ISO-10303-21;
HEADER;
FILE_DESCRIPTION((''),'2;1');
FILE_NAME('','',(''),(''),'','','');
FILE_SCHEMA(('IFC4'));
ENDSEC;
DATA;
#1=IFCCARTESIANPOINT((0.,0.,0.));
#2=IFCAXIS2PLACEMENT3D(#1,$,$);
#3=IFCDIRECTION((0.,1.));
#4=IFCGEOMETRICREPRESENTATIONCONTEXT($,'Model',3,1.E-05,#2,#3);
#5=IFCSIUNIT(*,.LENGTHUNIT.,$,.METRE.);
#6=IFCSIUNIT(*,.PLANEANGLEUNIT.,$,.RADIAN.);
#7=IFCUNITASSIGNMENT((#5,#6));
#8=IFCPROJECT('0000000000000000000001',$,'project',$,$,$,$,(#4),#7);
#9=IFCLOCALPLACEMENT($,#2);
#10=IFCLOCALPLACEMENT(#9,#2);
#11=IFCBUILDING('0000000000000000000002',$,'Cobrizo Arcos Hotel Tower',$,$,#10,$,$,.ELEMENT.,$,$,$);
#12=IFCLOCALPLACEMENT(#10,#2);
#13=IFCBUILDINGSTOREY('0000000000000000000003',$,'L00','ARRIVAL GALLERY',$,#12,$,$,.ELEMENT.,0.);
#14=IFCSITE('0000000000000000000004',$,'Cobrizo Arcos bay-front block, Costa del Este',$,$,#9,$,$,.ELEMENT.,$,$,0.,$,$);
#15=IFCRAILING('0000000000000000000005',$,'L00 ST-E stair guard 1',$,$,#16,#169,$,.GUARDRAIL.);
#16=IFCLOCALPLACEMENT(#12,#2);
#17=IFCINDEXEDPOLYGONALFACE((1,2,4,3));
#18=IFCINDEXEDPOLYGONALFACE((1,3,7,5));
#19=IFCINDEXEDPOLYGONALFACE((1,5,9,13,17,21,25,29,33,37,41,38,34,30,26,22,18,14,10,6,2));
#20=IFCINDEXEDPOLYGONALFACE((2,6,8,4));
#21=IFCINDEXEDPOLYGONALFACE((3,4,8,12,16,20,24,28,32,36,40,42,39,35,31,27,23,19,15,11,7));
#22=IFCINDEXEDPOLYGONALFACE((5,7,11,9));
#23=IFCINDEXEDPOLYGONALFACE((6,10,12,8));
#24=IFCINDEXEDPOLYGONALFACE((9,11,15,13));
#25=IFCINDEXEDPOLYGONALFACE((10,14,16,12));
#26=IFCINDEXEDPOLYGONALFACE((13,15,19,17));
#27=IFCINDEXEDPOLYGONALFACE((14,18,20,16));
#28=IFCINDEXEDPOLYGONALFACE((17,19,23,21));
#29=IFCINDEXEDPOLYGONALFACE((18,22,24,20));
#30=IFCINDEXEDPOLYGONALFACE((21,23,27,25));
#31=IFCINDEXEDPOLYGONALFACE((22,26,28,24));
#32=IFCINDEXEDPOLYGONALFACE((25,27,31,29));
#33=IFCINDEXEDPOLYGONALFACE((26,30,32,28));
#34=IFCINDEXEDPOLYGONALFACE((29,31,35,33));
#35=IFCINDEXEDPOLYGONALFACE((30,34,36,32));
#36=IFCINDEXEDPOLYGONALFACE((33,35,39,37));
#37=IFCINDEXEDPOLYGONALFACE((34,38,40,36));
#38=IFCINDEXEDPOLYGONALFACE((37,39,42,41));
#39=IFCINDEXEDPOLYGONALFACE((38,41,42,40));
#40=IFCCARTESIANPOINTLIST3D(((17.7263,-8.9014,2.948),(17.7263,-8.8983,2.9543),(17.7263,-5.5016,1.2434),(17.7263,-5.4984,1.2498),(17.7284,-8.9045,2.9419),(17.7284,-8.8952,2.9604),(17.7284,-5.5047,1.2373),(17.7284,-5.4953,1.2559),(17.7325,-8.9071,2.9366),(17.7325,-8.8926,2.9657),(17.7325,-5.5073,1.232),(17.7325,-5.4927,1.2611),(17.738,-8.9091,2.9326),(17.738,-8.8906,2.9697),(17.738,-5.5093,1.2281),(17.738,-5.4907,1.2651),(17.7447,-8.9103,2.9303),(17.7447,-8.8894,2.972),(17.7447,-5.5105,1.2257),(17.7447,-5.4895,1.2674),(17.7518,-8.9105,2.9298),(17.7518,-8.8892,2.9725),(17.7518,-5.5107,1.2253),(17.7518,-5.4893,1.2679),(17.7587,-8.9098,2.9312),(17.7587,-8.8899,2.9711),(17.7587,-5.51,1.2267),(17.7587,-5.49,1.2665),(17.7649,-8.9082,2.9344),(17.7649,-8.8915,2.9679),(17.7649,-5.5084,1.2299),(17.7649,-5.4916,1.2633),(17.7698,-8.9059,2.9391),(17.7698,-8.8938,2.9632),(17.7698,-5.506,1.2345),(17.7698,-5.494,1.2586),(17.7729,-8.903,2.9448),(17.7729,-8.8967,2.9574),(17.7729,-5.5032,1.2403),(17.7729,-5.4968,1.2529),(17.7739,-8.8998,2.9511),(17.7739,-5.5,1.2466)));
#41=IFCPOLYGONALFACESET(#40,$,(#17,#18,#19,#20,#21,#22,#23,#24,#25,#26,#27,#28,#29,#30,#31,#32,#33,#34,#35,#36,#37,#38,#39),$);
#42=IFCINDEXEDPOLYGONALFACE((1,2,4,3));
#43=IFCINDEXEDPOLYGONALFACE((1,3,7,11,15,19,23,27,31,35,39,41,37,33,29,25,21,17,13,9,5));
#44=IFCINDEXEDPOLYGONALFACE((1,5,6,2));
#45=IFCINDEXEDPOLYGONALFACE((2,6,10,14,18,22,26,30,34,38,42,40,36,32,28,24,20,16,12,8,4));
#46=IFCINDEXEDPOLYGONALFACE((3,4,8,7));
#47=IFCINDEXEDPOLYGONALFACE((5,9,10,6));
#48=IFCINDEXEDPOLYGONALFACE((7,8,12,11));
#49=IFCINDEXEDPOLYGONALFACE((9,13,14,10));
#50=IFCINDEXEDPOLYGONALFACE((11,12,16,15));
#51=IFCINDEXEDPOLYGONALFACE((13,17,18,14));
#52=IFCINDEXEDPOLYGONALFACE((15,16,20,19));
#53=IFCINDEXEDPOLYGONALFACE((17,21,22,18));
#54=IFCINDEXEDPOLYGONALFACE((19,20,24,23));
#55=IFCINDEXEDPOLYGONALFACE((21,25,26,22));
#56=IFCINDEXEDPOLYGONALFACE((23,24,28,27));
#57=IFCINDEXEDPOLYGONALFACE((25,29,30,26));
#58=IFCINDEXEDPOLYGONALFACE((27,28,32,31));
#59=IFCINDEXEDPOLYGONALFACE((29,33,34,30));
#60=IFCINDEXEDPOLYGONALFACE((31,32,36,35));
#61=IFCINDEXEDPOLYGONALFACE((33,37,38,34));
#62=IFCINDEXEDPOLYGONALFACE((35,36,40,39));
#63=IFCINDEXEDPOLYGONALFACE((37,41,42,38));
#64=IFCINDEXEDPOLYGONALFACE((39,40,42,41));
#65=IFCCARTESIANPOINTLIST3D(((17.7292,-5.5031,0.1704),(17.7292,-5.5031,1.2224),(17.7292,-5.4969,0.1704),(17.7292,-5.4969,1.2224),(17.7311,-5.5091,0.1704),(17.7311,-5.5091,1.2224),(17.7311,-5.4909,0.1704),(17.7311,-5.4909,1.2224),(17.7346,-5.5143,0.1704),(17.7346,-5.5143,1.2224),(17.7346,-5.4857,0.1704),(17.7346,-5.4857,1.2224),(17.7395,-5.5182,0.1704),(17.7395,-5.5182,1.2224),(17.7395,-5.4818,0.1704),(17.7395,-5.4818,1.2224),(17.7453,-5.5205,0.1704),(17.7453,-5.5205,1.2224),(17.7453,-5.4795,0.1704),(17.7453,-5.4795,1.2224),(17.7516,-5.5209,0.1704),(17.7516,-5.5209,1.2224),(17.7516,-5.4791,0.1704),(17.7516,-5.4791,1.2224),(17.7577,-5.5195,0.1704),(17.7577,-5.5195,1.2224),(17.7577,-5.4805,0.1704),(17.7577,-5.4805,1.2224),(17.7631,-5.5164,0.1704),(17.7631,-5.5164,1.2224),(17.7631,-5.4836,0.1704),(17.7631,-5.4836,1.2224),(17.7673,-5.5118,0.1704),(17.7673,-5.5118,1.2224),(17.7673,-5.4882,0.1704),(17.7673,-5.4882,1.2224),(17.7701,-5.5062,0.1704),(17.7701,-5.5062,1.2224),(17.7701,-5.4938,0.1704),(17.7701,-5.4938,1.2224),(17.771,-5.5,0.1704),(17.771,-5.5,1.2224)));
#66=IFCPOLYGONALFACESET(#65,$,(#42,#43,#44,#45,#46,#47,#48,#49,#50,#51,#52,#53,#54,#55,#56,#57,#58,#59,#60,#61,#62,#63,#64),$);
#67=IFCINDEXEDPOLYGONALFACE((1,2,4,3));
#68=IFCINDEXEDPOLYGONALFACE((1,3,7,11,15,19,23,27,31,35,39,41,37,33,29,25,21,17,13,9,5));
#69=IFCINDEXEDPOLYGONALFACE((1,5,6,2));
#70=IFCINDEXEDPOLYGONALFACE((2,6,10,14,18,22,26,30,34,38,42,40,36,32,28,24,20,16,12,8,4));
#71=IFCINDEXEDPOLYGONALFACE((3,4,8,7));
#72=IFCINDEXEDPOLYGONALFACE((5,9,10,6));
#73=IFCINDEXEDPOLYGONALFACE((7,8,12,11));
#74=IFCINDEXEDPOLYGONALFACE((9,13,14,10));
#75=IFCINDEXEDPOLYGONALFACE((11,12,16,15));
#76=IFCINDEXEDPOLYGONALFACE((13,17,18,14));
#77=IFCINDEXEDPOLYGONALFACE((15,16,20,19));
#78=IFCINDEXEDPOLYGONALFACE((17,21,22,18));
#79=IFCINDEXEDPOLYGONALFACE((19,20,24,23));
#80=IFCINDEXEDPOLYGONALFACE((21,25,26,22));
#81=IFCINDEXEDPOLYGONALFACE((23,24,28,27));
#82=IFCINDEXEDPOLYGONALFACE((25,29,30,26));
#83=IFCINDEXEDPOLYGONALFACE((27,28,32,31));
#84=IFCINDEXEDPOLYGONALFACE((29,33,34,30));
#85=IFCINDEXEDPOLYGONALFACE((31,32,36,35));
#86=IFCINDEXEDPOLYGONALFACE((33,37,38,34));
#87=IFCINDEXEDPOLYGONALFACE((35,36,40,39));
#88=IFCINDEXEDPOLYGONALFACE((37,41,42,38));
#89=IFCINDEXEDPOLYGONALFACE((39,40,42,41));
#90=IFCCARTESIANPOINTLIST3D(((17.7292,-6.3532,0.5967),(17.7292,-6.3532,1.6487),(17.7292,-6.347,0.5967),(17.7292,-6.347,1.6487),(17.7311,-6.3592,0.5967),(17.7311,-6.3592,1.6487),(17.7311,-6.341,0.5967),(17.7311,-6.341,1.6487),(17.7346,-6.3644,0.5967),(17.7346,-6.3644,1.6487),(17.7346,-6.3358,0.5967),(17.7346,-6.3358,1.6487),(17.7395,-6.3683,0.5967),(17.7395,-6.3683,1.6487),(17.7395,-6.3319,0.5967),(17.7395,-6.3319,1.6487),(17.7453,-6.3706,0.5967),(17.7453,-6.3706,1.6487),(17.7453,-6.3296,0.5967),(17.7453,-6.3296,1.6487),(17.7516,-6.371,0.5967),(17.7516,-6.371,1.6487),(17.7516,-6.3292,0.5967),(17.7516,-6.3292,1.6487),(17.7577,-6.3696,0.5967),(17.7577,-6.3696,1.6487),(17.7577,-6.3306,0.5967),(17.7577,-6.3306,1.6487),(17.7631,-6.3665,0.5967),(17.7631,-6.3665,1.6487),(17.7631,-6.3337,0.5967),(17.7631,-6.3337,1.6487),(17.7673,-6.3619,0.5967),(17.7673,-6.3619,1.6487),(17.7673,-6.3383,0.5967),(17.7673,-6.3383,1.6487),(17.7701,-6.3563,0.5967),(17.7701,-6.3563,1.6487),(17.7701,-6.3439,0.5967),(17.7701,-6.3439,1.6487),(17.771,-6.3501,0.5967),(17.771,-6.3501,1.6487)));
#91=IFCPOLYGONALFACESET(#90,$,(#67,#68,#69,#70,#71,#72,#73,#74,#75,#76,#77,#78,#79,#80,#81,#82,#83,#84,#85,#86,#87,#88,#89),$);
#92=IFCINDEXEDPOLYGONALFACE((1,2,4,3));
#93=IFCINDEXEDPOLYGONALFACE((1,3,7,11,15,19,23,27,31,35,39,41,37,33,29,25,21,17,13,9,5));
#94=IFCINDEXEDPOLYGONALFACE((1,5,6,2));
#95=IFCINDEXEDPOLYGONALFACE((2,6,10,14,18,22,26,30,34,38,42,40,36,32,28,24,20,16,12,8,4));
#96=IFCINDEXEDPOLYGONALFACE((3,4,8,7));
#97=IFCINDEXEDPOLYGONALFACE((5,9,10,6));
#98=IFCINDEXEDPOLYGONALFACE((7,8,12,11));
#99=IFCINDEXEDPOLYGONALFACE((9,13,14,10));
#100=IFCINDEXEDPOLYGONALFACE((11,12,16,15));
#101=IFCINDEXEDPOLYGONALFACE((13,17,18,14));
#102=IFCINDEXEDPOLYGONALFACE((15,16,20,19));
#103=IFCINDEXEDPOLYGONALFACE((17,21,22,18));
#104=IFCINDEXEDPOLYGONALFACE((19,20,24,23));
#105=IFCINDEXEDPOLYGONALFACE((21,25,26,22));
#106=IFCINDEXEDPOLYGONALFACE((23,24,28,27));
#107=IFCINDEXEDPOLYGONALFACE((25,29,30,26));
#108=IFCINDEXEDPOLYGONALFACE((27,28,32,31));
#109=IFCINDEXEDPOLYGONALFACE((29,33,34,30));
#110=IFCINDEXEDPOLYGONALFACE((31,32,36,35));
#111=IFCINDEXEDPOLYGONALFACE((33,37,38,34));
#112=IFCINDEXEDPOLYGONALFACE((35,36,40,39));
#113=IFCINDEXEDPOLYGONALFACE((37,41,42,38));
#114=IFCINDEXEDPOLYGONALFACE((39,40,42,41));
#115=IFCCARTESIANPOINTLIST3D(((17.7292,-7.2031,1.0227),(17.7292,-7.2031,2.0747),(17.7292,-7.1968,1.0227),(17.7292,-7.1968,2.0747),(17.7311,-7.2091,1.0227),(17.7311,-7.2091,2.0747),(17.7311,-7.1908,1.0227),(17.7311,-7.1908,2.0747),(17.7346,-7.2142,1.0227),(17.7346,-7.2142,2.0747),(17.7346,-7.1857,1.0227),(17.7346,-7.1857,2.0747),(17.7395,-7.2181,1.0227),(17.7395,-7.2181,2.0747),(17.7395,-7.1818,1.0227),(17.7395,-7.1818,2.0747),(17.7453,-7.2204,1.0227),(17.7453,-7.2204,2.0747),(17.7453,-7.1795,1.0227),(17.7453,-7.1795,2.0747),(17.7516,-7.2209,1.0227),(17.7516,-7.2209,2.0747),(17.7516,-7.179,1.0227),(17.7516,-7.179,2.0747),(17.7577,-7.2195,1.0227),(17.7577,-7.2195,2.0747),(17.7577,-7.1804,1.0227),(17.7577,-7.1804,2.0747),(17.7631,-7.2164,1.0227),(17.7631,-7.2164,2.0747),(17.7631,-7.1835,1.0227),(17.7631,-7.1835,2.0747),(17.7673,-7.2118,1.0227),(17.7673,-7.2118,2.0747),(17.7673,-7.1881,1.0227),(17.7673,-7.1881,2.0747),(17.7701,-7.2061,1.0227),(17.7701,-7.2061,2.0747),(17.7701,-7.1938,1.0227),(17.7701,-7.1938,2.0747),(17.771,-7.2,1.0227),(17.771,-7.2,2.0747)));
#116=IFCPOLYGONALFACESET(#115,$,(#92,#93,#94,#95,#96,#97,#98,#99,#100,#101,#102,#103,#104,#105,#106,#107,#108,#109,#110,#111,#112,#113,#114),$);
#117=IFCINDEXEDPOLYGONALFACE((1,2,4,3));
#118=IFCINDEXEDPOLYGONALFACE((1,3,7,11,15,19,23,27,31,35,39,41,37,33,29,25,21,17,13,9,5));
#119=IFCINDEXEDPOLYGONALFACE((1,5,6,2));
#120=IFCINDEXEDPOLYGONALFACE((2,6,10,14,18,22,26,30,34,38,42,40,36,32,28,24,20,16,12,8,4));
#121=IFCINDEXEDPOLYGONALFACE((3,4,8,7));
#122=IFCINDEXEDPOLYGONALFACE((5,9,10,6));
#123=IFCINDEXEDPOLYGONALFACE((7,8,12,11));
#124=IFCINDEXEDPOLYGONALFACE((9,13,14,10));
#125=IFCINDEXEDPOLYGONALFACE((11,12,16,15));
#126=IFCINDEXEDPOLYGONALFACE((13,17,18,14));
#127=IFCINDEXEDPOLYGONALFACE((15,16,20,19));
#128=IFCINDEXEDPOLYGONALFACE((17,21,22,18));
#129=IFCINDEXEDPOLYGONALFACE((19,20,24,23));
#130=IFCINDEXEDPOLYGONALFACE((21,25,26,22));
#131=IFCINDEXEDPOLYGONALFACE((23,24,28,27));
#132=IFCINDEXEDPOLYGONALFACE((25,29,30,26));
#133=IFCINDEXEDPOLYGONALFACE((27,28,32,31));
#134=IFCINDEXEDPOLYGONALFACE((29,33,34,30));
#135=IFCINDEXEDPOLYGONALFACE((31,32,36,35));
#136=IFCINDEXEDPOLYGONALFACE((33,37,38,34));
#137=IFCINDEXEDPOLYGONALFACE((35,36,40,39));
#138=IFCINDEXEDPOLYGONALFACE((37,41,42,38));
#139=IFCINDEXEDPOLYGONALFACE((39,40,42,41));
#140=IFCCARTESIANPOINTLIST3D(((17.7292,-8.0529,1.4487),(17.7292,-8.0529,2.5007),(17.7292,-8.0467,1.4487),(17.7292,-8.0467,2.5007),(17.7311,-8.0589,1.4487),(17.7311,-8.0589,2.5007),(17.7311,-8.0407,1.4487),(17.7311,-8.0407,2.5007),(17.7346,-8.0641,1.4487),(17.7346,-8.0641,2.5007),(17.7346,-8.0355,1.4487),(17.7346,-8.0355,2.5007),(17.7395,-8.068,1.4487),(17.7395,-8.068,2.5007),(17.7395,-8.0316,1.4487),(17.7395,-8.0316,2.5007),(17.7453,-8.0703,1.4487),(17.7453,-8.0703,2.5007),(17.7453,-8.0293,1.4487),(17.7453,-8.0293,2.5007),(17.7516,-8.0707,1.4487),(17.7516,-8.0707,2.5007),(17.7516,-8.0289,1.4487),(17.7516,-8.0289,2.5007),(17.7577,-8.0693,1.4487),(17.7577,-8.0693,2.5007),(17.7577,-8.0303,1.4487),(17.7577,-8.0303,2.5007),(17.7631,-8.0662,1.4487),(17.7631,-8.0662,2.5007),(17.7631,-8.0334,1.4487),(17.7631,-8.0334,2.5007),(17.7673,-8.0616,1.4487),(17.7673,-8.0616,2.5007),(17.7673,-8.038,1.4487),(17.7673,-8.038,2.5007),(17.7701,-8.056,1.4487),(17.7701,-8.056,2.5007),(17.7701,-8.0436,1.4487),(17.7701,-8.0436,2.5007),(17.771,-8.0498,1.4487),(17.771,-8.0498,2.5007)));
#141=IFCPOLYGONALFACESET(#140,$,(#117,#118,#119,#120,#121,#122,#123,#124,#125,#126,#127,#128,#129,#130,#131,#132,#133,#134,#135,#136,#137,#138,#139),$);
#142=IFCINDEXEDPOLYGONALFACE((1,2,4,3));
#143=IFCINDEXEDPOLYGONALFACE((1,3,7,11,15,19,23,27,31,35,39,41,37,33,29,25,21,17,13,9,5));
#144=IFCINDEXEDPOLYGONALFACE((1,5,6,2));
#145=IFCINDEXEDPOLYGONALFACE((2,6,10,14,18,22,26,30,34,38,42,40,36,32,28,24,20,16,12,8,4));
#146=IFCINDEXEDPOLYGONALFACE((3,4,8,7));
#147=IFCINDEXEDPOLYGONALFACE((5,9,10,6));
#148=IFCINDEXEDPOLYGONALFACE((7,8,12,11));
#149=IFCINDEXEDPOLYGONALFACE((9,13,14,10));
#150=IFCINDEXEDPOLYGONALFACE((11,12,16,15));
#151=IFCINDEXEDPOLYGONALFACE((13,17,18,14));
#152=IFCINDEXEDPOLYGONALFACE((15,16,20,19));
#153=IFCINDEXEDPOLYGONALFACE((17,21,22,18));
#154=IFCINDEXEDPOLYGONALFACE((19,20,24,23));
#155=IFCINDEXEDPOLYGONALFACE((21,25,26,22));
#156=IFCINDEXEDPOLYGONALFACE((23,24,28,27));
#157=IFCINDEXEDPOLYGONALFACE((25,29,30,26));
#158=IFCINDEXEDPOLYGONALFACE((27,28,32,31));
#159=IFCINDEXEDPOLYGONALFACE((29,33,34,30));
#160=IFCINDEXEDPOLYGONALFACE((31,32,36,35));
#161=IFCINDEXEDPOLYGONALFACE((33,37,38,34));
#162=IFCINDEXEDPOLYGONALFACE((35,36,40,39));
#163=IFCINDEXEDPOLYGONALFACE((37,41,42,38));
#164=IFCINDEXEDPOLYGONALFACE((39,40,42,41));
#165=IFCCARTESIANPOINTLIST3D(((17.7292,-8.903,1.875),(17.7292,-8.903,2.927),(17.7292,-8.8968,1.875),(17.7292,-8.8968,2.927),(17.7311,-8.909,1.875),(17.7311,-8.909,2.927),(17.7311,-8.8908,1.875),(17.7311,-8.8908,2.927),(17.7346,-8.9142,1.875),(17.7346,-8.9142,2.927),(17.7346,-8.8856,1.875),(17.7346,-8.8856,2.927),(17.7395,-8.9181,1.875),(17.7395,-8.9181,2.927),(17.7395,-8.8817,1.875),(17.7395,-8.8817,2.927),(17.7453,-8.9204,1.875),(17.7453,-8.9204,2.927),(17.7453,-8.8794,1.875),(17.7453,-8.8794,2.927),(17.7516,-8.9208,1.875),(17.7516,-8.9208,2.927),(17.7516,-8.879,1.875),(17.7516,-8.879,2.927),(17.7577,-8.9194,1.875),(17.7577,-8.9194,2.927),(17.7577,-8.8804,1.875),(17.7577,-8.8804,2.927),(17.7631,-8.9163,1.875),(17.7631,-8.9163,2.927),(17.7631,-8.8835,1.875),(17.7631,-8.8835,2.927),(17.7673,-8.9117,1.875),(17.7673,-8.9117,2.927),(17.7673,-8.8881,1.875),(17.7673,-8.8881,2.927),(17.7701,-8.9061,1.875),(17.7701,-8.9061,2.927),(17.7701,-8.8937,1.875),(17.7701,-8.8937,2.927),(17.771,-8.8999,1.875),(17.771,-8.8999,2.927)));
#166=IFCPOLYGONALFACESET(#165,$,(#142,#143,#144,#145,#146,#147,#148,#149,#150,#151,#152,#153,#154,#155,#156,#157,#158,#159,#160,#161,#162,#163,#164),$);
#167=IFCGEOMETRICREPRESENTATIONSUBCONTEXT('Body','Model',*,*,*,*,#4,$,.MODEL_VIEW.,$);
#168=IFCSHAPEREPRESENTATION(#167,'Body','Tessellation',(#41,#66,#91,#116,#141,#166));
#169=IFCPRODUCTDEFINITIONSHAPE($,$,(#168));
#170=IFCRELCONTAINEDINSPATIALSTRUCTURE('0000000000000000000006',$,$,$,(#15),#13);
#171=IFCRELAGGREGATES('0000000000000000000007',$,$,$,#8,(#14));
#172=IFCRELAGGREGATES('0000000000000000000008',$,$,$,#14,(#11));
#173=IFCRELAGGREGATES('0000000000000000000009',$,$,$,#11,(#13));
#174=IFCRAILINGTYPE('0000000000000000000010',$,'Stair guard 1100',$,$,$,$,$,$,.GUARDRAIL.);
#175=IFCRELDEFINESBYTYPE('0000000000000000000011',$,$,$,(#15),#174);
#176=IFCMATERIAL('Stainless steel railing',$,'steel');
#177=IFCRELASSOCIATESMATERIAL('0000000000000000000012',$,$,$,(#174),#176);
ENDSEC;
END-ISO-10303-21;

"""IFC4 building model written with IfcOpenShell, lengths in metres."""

from ifc_helpers import new_model, si_unit, direction, frame, origin, origin_2d, place, context, subcontext, project, spatial, circle, extrude, material, type_object, element, save


model = new_model("IFC4")

# Units and contexts
model_context = context("Model", 3, precision=1e-05, world=origin(), true_north=direction((0.0, 1.0)))
body_context = subcontext(model_context, "Body", "Model", "MODEL_VIEW")
ifc_project = project(units=[si_unit("LENGTHUNIT", "METRE"), si_unit("PLANEANGLEUNIT", "RADIAN")], contexts=[model_context])

# Site, building, storey
site_placement = place(None, origin())
site = spatial("IfcSite", under=ifc_project, at=site_placement, Name="Cobrizo Arcos bay-front block, Costa del Este", CompositionType="ELEMENT", RefElevation=0.0)
building_placement = place(site_placement, origin())
building = spatial("IfcBuilding", under=site, at=building_placement, Name="Cobrizo Arcos Hotel Tower", CompositionType="ELEMENT")
storey_placement = place(building_placement, origin())
storey = spatial("IfcBuildingStorey", under=building, at=storey_placement, Name="L00", Description="ARRIVAL GALLERY", CompositionType="ELEMENT", Elevation=0.0)

# Railing
ifc_material_1 = material(Name="Stainless steel railing", Category="steel")
railing_type_1 = type_object("IfcRailingType", Name="Stair guard 1100", PredefinedType="GUARDRAIL", material=ifc_material_1)
railing_1_placement = place(storey_placement, frame((17.75, -5.5, 0.1704)))
element("IfcRailing", 1, at=railing_1_placement, inside=storey, type_object=railing_type_1, Name="L00 ST-E stair guard 1", PredefinedType="GUARDRAIL", context=body_context, shape_type="SweptSolid", body=[
    extrude(circle(Radius=0.0239, at=origin_2d()), frame((0.0, 0.0, 1.0762), z_axis=(0.0, -0.893939, 0.448189), x_axis=(1.0, 0.0, 0.0)), (0.0, 0.0, 1.0), 3.8032),
    extrude(circle(Radius=0.021, at=origin_2d()), origin(), (0.0, 0.0, 1.0), 1.052),
    extrude(circle(Radius=0.021, at=origin_2d()), frame((0.0, -0.8501, 0.4263)), (0.0, 0.0, 1.0), 1.052),
    extrude(circle(Radius=0.021, at=origin_2d()), frame((0.0, -1.7, 0.8523)), (0.0, 0.0, 1.0), 1.052),
    extrude(circle(Radius=0.021, at=origin_2d()), frame((0.0, -2.5498, 1.2783)), (0.0, 0.0, 1.0), 1.052),
    extrude(circle(Radius=0.021, at=origin_2d()), frame((0.0, -3.3999, 1.7046)), (0.0, 0.0, 1.0), 1.052),
])

save(model, "model.ifc")
